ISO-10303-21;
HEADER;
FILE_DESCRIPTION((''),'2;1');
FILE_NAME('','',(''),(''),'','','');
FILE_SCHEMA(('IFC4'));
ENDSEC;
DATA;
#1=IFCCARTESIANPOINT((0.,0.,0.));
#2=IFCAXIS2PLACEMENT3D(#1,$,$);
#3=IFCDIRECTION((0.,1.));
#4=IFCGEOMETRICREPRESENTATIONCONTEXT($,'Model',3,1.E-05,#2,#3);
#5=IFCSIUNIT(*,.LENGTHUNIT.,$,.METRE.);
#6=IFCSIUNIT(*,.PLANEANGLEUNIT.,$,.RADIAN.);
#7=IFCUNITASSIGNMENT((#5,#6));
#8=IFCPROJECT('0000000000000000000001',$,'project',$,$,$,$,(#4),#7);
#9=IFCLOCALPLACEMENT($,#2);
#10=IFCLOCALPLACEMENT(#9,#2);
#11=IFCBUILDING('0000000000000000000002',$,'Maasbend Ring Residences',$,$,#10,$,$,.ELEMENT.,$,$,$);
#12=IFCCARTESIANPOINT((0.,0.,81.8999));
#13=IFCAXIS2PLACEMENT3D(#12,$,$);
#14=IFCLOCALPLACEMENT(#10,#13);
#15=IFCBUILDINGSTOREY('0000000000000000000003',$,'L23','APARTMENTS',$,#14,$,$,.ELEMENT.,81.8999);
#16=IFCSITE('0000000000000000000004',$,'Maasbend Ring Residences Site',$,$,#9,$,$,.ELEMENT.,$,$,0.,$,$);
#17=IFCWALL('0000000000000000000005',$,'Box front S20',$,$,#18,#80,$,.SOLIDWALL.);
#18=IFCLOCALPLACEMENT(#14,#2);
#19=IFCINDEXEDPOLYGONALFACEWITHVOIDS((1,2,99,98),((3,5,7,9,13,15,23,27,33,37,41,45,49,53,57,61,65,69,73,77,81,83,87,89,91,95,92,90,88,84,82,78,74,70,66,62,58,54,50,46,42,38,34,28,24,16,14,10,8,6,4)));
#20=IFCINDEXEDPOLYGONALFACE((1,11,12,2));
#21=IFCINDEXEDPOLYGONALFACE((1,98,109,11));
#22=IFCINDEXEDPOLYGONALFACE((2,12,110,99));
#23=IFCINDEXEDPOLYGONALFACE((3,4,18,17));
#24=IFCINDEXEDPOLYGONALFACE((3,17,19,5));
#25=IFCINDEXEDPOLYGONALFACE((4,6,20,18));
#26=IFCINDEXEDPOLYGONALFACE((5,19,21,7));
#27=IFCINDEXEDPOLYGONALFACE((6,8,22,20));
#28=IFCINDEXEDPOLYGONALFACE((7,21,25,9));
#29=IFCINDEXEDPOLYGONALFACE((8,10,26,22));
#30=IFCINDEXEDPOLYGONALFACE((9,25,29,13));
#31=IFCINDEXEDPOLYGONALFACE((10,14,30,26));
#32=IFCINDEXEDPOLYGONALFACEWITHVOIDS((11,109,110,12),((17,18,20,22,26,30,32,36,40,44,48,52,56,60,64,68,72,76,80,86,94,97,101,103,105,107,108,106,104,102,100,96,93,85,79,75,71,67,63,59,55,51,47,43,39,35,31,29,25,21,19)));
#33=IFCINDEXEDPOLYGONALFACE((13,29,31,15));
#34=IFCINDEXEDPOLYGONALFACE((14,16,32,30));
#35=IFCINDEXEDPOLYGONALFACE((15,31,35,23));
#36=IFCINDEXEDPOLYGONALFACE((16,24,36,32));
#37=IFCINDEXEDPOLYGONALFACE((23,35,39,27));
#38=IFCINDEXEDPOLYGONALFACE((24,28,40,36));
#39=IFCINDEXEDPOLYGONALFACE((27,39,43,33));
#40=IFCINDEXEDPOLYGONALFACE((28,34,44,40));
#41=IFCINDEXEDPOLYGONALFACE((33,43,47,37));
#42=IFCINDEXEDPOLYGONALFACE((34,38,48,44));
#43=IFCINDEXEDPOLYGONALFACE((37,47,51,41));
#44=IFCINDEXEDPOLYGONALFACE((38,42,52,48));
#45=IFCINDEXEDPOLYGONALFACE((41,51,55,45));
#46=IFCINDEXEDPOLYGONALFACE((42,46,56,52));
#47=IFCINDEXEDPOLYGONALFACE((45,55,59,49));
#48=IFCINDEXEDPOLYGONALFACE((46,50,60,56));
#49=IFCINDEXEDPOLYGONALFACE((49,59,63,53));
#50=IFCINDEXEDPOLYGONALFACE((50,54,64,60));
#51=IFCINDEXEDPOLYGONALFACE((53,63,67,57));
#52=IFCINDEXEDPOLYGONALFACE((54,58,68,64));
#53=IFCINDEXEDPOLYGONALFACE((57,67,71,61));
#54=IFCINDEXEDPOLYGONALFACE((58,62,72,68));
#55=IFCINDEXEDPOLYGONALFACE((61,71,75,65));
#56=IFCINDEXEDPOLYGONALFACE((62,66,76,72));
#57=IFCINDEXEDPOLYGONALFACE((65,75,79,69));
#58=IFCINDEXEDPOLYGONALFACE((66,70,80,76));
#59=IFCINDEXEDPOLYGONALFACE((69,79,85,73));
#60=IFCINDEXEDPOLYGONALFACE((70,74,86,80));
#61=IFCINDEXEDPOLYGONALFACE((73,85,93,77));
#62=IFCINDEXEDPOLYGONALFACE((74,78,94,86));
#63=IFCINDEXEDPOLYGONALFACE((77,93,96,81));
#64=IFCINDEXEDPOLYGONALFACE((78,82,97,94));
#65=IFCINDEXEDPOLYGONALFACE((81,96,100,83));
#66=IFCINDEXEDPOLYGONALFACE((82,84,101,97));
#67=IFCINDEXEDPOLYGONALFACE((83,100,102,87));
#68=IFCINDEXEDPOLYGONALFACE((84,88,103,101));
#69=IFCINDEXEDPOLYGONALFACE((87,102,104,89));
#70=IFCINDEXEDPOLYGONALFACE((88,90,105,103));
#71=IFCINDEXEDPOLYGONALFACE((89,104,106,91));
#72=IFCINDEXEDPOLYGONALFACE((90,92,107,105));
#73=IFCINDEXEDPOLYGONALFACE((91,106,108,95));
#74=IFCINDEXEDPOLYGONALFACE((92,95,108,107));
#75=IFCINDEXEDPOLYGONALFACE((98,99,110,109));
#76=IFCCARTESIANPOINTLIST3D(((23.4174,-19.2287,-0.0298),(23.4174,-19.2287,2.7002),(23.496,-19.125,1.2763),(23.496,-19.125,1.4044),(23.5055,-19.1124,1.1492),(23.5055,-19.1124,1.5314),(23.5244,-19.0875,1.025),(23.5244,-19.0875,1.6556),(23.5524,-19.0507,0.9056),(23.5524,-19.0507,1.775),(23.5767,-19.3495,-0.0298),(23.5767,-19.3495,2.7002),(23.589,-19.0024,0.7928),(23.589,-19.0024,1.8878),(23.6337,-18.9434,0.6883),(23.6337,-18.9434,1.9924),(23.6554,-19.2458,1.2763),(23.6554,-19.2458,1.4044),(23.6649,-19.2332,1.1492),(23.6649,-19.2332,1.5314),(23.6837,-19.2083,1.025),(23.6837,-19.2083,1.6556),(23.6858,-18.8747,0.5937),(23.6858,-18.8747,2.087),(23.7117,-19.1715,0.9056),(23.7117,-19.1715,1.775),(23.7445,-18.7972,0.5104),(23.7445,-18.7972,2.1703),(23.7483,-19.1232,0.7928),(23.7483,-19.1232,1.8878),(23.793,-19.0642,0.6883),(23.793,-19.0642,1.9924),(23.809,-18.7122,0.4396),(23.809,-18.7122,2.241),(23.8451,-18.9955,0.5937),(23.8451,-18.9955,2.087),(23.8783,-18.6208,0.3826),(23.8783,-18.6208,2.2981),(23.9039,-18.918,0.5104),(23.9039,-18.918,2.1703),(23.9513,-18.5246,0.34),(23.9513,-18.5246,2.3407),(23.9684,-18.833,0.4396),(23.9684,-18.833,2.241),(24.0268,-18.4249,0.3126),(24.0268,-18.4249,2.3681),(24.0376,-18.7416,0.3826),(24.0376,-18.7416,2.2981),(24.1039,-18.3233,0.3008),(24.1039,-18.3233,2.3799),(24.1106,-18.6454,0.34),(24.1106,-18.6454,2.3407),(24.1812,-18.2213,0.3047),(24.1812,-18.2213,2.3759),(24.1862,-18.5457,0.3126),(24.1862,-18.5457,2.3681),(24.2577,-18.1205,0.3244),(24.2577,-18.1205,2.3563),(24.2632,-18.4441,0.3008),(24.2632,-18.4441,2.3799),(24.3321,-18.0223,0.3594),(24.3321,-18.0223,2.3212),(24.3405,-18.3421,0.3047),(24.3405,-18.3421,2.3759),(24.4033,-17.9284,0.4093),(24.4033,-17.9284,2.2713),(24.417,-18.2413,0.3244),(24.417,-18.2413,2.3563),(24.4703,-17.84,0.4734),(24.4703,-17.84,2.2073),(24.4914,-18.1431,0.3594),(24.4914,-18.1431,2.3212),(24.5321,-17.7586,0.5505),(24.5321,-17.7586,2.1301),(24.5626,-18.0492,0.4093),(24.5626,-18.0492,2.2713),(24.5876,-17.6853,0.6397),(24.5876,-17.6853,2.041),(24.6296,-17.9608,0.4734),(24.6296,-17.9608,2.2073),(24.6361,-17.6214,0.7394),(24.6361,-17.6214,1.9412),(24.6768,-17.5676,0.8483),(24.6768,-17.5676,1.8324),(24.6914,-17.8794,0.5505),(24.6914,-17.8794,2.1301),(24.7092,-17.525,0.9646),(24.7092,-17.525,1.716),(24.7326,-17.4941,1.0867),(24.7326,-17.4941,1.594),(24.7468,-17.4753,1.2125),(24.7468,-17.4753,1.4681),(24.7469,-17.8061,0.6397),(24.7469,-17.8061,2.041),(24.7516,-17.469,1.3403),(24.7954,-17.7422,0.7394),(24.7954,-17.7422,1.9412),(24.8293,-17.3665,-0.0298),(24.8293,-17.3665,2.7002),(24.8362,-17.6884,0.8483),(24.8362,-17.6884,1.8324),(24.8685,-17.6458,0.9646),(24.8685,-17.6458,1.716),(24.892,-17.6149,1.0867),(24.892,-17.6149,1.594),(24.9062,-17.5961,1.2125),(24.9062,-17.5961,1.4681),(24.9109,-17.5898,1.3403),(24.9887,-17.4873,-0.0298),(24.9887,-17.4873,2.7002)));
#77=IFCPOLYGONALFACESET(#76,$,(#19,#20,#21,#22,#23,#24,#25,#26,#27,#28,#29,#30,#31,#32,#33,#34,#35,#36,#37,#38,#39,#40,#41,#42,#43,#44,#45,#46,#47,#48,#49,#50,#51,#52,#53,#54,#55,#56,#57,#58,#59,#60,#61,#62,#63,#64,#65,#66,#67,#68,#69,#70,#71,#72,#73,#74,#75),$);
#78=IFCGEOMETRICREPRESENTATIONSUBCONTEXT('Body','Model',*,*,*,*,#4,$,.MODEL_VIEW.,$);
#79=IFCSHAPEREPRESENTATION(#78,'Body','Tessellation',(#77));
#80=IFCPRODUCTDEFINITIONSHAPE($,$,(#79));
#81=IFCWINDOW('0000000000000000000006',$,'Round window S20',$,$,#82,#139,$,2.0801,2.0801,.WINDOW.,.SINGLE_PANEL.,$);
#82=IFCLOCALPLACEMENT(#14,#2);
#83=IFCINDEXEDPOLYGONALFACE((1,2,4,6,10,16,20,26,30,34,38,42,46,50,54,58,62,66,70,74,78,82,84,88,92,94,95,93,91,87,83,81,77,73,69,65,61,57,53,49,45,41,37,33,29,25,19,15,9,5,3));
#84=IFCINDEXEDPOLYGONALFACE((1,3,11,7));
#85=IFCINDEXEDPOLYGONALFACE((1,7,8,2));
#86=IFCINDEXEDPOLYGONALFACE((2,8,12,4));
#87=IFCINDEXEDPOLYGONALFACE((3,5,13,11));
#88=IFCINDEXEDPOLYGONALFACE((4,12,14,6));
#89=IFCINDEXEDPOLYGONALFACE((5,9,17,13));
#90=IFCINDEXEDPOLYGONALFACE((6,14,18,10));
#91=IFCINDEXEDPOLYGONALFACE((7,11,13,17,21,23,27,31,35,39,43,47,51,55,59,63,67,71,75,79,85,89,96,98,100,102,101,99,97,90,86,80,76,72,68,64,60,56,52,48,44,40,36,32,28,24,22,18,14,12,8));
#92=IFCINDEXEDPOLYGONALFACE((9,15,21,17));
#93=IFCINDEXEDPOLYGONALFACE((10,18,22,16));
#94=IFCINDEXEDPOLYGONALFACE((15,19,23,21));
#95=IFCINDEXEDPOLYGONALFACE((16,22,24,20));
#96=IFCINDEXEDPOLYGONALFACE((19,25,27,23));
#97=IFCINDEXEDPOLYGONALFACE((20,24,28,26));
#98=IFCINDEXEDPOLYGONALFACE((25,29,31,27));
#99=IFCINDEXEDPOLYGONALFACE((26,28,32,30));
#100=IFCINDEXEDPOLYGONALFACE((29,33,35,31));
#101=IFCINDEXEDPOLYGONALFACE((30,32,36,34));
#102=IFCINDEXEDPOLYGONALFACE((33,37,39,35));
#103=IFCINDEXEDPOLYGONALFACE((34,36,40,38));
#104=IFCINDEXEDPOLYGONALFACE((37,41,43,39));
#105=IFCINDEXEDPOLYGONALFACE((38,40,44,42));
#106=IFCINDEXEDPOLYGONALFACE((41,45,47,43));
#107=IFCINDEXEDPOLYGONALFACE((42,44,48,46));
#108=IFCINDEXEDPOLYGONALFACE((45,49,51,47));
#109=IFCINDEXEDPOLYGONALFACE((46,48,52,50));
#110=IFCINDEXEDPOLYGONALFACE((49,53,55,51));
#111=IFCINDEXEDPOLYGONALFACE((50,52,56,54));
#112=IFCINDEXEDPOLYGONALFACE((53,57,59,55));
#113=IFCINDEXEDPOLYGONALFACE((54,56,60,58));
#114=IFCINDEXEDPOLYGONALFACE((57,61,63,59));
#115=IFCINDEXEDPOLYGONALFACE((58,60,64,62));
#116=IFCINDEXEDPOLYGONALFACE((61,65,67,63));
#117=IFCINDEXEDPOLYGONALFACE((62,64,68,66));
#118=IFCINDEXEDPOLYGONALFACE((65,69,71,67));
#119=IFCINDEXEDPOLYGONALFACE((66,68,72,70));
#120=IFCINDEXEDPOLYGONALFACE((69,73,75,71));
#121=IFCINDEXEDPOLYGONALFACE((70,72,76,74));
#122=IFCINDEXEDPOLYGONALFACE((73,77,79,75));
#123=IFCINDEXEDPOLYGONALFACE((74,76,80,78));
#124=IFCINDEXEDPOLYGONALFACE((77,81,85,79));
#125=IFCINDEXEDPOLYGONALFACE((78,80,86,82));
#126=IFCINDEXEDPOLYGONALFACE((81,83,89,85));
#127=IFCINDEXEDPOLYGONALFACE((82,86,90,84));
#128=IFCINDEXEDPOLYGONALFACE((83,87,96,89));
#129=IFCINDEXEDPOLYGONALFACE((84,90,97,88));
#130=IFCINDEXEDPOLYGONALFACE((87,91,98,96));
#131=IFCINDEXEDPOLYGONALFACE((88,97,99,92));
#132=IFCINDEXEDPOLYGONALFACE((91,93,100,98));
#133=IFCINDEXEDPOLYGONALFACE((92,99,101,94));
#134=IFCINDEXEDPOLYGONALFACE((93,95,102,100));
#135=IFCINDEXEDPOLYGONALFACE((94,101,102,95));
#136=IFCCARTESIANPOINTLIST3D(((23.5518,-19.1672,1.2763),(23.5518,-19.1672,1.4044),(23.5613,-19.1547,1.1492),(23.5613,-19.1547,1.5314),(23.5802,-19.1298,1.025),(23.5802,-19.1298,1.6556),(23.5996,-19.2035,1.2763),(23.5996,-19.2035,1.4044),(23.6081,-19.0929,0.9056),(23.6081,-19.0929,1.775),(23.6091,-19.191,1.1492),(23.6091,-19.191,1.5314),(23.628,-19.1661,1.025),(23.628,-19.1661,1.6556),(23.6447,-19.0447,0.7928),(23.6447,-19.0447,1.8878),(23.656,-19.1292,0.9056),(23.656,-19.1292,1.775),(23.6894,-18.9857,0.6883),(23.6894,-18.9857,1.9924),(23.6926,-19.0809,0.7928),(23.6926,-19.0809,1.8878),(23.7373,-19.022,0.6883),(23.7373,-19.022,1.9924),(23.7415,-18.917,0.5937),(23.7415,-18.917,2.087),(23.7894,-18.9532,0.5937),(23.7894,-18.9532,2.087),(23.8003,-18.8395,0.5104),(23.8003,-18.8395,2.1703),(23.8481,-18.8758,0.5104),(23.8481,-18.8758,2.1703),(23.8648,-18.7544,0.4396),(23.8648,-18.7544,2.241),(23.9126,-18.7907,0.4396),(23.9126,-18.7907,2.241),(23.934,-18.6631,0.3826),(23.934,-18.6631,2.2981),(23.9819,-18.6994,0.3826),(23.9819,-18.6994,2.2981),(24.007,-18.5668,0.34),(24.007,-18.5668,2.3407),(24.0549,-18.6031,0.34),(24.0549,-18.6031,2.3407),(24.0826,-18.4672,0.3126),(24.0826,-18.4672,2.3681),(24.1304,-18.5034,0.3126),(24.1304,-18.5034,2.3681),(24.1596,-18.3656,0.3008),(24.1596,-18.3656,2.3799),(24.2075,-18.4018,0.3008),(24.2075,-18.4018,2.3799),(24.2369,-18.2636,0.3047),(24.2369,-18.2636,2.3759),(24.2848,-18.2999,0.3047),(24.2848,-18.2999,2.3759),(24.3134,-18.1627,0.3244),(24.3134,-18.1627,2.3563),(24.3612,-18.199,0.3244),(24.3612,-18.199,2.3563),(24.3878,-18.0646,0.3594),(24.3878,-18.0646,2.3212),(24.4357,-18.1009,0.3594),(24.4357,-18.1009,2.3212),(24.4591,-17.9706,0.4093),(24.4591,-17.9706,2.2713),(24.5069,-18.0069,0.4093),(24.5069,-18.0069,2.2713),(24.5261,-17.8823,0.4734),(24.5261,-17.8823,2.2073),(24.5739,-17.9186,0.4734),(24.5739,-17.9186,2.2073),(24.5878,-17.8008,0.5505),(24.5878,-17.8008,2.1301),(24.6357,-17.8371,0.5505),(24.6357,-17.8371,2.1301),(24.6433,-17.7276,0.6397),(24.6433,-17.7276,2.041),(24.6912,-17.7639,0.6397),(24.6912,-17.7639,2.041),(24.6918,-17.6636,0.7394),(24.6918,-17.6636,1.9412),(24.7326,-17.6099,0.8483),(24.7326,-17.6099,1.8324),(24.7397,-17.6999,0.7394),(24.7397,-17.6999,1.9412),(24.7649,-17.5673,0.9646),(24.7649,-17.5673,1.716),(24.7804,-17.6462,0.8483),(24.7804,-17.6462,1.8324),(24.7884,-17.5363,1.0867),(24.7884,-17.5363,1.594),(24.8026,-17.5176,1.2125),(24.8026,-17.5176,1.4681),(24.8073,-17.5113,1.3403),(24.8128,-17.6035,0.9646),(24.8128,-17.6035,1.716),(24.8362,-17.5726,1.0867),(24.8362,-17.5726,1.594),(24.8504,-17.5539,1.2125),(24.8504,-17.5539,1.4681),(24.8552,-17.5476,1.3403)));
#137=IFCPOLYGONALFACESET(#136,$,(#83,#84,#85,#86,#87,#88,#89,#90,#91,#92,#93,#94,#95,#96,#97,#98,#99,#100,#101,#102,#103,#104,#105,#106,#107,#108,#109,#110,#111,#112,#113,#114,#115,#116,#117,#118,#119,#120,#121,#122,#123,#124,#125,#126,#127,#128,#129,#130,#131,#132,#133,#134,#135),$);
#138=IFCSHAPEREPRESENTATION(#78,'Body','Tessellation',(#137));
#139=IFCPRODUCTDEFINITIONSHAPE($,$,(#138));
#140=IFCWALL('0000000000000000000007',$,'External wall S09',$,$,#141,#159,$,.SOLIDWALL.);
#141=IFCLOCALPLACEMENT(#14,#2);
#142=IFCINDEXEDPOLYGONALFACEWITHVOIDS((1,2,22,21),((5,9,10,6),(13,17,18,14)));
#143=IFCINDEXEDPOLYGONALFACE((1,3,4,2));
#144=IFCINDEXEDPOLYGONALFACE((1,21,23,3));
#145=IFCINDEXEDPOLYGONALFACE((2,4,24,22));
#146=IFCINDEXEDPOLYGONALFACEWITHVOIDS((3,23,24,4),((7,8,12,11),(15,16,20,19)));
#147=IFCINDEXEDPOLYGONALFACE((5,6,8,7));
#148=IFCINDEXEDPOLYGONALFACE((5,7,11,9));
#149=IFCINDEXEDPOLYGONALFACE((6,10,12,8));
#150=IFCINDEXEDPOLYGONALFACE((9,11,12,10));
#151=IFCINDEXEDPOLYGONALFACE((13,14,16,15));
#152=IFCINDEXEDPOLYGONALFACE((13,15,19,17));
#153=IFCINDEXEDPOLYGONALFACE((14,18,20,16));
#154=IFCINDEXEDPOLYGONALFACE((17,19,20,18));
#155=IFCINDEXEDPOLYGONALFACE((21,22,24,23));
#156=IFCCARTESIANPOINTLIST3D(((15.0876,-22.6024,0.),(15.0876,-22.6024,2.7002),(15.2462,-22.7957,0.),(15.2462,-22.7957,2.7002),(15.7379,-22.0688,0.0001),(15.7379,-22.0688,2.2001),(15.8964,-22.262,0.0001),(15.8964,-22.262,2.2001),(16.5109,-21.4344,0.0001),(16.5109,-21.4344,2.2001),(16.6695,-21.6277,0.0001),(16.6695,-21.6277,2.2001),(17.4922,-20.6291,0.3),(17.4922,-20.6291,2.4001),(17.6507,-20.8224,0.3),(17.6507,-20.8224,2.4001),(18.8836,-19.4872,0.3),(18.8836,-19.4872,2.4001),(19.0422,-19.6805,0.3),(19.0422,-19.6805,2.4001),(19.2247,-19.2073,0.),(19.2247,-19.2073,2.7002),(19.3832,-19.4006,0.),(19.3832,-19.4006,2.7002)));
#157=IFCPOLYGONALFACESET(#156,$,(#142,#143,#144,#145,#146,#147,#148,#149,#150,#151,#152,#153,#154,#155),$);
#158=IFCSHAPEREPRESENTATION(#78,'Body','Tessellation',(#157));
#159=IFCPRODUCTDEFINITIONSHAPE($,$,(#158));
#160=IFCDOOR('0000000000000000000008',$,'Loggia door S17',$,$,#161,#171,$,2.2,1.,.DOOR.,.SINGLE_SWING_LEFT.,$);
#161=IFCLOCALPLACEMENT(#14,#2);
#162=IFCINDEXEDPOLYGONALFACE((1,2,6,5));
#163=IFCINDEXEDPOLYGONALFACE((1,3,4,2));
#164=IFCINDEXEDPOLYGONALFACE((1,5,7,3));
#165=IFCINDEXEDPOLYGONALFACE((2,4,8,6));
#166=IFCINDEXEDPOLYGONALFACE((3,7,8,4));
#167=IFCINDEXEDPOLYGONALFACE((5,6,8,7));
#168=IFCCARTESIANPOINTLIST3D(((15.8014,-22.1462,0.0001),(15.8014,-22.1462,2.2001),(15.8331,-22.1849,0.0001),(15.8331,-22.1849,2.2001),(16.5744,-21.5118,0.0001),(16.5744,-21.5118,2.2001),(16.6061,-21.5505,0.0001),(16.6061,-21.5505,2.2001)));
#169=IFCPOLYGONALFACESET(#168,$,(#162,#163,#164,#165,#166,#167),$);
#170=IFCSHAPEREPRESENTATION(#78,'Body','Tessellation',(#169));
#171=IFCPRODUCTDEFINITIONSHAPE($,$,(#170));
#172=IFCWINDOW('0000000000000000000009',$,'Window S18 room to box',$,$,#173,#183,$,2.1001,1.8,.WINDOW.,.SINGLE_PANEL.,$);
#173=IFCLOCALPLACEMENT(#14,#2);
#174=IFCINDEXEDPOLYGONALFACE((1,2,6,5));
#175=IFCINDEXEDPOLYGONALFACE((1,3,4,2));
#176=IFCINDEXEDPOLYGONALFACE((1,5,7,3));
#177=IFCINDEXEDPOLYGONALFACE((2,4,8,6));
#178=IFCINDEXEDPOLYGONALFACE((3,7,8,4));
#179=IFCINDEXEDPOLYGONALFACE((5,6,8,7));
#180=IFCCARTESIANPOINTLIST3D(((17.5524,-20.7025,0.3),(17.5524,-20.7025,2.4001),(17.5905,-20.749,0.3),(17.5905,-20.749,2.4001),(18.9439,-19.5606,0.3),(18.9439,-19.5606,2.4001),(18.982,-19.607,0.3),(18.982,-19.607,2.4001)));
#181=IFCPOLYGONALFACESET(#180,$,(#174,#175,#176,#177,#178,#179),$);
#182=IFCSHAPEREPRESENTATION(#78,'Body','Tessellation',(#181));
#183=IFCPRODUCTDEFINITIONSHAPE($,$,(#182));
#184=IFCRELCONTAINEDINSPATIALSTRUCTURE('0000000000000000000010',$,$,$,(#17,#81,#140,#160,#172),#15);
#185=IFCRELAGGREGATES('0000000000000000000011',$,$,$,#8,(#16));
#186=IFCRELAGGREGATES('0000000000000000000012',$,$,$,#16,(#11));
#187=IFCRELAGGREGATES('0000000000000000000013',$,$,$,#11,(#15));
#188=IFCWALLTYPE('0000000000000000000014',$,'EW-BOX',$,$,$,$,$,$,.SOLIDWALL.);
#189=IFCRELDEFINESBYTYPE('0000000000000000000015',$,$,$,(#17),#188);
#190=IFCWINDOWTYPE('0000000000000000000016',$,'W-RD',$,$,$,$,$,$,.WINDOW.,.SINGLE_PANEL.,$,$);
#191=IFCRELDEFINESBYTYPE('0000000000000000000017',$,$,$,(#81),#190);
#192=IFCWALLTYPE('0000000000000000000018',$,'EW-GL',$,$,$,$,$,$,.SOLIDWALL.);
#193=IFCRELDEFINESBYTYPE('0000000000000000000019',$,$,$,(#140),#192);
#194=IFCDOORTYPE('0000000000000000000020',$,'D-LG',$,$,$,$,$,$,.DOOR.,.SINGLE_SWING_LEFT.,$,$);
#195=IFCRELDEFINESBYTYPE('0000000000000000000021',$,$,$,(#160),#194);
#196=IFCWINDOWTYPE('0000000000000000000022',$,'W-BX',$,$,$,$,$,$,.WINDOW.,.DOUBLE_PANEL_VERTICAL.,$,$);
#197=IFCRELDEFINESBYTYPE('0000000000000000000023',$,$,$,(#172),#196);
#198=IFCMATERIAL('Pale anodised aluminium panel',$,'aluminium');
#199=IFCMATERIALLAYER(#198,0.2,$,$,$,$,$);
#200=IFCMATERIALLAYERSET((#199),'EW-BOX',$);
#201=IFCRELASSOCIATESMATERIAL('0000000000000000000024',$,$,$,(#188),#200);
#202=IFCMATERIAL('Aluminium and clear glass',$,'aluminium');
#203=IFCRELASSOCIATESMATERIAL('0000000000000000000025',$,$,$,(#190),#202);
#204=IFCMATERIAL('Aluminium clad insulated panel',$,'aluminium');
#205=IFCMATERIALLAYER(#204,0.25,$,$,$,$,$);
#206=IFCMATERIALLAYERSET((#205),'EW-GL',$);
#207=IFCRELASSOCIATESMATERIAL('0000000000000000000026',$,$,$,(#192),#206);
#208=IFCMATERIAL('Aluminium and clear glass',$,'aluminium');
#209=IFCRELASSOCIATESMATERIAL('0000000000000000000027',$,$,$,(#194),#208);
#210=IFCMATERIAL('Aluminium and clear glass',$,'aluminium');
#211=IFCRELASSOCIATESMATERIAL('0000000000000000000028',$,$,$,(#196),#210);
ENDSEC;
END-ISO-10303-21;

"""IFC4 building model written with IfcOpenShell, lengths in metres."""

from ifc_helpers import new_model, si_unit, direction, frame, frame_2d, origin, place, context, subcontext, project, spatial, rectangle, circle, extrude, material, layer, layer_set, type_object, element, fill, save


model = new_model("IFC4")

# Units and contexts
model_context = context("Model", 3, precision=1e-05, world=origin(), true_north=direction((0.0, 1.0)))
body_context = subcontext(model_context, "Body", "Model", "MODEL_VIEW")
ifc_project = project(units=[si_unit("LENGTHUNIT", "METRE"), si_unit("PLANEANGLEUNIT", "RADIAN")], contexts=[model_context])

# Site, building, storey
site_placement = place(None, origin())
site = spatial("IfcSite", under=ifc_project, at=site_placement, Name="Maasbend Ring Residences Site", CompositionType="ELEMENT", RefElevation=0.0)
building_placement = place(site_placement, origin())
building = spatial("IfcBuilding", under=site, at=building_placement, Name="Maasbend Ring Residences", CompositionType="ELEMENT")
storey_placement = place(building_placement, frame((0.0, 0.0, 81.8999)))
storey = spatial("IfcBuildingStorey", under=building, at=storey_placement, Name="L23", Description="APARTMENTS", CompositionType="ELEMENT", Elevation=81.8999)

# Shared definitions
ifc_material_1 = material(Name="Pale anodised aluminium panel", Category="aluminium")
ifc_layer_1 = layer(ifc_material_1, 0.2)
ifc_layer_set_1 = layer_set([ifc_layer_1], Name="EW-BOX")
wall_type_1 = type_object("IfcWallType", Name="EW-BOX", PredefinedType="SOLIDWALL", material=ifc_layer_set_1)
ifc_material_2 = material(Name="Aluminium and clear glass", Category="aluminium")
window_type_1 = type_object("IfcWindowType", Name="W-RD", PartitioningType="SINGLE_PANEL", PredefinedType="WINDOW", material=ifc_material_2)

# Wall, opening, window
wall_1_placement = place(storey_placement, frame((23.4971, -19.2891, -0.0298), z_axis=(0.0, 0.0, 1.0), x_axis=(0.604188, 0.796842, 0.0)))
wall_1 = element("IfcWall", 1, at=wall_1_placement, inside=storey, type_object=wall_type_1, Name="Box front S20", PredefinedType="SOLIDWALL", context=body_context, shape_type="SweptSolid", body=[
    extrude(rectangle(XDim=2.3369, YDim=0.2, at=frame_2d((1.1685, 0.0))), origin(), (0.0, 0.0, 1.0), 2.73),
])
opening_1_placement = place(wall_1_placement, frame((0.1282, 0.0, 0.3301)))
opening_1 = element("IfcOpeningElement", 2, at=opening_1_placement, cuts=wall_1, PredefinedType="OPENING", context=body_context, shape_type="SweptSolid", body=[
    extrude(circle(Radius=1.04, at=frame_2d((1.04, 1.04))), frame((0.0, 0.1099, 0.0), z_axis=(0.0, -1.0, 0.0), x_axis=(1.0, 0.0, 0.0)), (0.0, 0.0, 1.0), 0.22),
])
window_1_placement = place(opening_1_placement, origin())
window_1 = element("IfcWindow", 3, at=window_1_placement, inside=storey, type_object=window_type_1, Name="Round window S20", OverallHeight=2.0801, OverallWidth=2.0801, PartitioningType="SINGLE_PANEL", PredefinedType="WINDOW", context=body_context, shape_type="SweptSolid", body=[
    extrude(circle(Radius=1.04, at=frame_2d((1.04, 1.04))), frame((0.0, 0.03, 0.0), z_axis=(0.0, -1.0, 0.0), x_axis=(1.0, 0.0, 0.0)), (0.0, 0.0, 1.0), 0.0601),
])
fill(opening_1, window_1)

# Wall, openings, door, window
ifc_material_3 = material(Name="Aluminium clad insulated panel", Category="aluminium")
ifc_layer_2 = layer(ifc_material_3, 0.25)
ifc_layer_set_2 = layer_set([ifc_layer_2], Name="EW-GL")
wall_type_2 = type_object("IfcWallType", Name="EW-GL", PredefinedType="SOLIDWALL", material=ifc_layer_set_2)
wall_2_placement = place(storey_placement, frame((15.167, -22.699, 0.0), z_axis=(0.0, 0.0, 1.0), x_axis=(0.773019, 0.634382, 0.0)))
wall_2 = element("IfcWall", 4, at=wall_2_placement, inside=storey, type_object=wall_type_2, Name="External wall S09", PredefinedType="SOLIDWALL", context=body_context, shape_type="SweptSolid", body=[
    extrude(rectangle(XDim=5.3518, YDim=0.25, at=frame_2d((2.6758, 0.0))), origin(), (0.0, 0.0, 1.0), 2.7002),
])
opening_2_placement = place(wall_2_placement, frame((0.8411, 0.0, 0.0)))
opening_2 = element("IfcOpeningElement", 5, at=opening_2_placement, cuts=wall_2, PredefinedType="OPENING", context=body_context, shape_type="SweptSolid", body=[
    extrude(rectangle(XDim=1.0, YDim=2.2, at=frame_2d((0.5, 1.1001))), frame((0.0, 0.135, 0.0), z_axis=(0.0, -1.0, 0.0), x_axis=(1.0, 0.0, 0.0)), (0.0, 0.0, 1.0), 0.27),
])
opening_3_placement = place(wall_2_placement, frame((3.1106, 0.0, 0.3)))
opening_3 = element("IfcOpeningElement", 6, at=opening_3_placement, cuts=wall_2, PredefinedType="OPENING", context=body_context, shape_type="SweptSolid", body=[
    extrude(rectangle(XDim=1.8, YDim=2.1001, at=frame_2d((0.8999, 1.05))), frame((0.0, 0.135, 0.0), z_axis=(0.0, -1.0, 0.0), x_axis=(1.0, 0.0, 0.0)), (0.0, 0.0, 1.0), 0.27),
])
ifc_material_4 = material(Name="Aluminium and clear glass", Category="aluminium")
door_type_1 = type_object("IfcDoorType", Name="D-LG", OperationType="SINGLE_SWING_LEFT", PredefinedType="DOOR", material=ifc_material_4)
door_1_placement = place(opening_2_placement, origin())
door_1 = element("IfcDoor", 7, at=door_1_placement, inside=storey, type_object=door_type_1, Name="Loggia door S17", OperationType="SINGLE_SWING_LEFT", OverallHeight=2.2, OverallWidth=1.0, PredefinedType="DOOR", context=body_context, shape_type="SweptSolid", body=[
    extrude(rectangle(XDim=1.0, YDim=2.2, at=frame_2d((0.5, 1.1001))), frame((0.0, 0.0249, 0.0), z_axis=(0.0, -1.0, 0.0), x_axis=(1.0, 0.0, 0.0)), (0.0, 0.0, 1.0), 0.05),
])
fill(opening_2, door_1)
ifc_material_5 = material(Name="Aluminium and clear glass", Category="aluminium")
window_type_2 = type_object("IfcWindowType", Name="W-BX", PartitioningType="DOUBLE_PANEL_VERTICAL", PredefinedType="WINDOW", material=ifc_material_5)
window_2_placement = place(opening_3_placement, origin())
window_2 = element("IfcWindow", 8, at=window_2_placement, inside=storey, type_object=window_type_2, Name="Window S18 room to box", OverallHeight=2.1001, OverallWidth=1.8, PartitioningType="SINGLE_PANEL", PredefinedType="WINDOW", context=body_context, shape_type="SweptSolid", body=[
    extrude(rectangle(XDim=1.8, YDim=2.1001, at=frame_2d((0.8999, 1.05))), frame((0.0, 0.03, 0.0), z_axis=(0.0, -1.0, 0.0), x_axis=(1.0, 0.0, 0.0)), (0.0, 0.0, 1.0), 0.0601),
])
fill(opening_3, window_2)

save(model, "model.ifc")
